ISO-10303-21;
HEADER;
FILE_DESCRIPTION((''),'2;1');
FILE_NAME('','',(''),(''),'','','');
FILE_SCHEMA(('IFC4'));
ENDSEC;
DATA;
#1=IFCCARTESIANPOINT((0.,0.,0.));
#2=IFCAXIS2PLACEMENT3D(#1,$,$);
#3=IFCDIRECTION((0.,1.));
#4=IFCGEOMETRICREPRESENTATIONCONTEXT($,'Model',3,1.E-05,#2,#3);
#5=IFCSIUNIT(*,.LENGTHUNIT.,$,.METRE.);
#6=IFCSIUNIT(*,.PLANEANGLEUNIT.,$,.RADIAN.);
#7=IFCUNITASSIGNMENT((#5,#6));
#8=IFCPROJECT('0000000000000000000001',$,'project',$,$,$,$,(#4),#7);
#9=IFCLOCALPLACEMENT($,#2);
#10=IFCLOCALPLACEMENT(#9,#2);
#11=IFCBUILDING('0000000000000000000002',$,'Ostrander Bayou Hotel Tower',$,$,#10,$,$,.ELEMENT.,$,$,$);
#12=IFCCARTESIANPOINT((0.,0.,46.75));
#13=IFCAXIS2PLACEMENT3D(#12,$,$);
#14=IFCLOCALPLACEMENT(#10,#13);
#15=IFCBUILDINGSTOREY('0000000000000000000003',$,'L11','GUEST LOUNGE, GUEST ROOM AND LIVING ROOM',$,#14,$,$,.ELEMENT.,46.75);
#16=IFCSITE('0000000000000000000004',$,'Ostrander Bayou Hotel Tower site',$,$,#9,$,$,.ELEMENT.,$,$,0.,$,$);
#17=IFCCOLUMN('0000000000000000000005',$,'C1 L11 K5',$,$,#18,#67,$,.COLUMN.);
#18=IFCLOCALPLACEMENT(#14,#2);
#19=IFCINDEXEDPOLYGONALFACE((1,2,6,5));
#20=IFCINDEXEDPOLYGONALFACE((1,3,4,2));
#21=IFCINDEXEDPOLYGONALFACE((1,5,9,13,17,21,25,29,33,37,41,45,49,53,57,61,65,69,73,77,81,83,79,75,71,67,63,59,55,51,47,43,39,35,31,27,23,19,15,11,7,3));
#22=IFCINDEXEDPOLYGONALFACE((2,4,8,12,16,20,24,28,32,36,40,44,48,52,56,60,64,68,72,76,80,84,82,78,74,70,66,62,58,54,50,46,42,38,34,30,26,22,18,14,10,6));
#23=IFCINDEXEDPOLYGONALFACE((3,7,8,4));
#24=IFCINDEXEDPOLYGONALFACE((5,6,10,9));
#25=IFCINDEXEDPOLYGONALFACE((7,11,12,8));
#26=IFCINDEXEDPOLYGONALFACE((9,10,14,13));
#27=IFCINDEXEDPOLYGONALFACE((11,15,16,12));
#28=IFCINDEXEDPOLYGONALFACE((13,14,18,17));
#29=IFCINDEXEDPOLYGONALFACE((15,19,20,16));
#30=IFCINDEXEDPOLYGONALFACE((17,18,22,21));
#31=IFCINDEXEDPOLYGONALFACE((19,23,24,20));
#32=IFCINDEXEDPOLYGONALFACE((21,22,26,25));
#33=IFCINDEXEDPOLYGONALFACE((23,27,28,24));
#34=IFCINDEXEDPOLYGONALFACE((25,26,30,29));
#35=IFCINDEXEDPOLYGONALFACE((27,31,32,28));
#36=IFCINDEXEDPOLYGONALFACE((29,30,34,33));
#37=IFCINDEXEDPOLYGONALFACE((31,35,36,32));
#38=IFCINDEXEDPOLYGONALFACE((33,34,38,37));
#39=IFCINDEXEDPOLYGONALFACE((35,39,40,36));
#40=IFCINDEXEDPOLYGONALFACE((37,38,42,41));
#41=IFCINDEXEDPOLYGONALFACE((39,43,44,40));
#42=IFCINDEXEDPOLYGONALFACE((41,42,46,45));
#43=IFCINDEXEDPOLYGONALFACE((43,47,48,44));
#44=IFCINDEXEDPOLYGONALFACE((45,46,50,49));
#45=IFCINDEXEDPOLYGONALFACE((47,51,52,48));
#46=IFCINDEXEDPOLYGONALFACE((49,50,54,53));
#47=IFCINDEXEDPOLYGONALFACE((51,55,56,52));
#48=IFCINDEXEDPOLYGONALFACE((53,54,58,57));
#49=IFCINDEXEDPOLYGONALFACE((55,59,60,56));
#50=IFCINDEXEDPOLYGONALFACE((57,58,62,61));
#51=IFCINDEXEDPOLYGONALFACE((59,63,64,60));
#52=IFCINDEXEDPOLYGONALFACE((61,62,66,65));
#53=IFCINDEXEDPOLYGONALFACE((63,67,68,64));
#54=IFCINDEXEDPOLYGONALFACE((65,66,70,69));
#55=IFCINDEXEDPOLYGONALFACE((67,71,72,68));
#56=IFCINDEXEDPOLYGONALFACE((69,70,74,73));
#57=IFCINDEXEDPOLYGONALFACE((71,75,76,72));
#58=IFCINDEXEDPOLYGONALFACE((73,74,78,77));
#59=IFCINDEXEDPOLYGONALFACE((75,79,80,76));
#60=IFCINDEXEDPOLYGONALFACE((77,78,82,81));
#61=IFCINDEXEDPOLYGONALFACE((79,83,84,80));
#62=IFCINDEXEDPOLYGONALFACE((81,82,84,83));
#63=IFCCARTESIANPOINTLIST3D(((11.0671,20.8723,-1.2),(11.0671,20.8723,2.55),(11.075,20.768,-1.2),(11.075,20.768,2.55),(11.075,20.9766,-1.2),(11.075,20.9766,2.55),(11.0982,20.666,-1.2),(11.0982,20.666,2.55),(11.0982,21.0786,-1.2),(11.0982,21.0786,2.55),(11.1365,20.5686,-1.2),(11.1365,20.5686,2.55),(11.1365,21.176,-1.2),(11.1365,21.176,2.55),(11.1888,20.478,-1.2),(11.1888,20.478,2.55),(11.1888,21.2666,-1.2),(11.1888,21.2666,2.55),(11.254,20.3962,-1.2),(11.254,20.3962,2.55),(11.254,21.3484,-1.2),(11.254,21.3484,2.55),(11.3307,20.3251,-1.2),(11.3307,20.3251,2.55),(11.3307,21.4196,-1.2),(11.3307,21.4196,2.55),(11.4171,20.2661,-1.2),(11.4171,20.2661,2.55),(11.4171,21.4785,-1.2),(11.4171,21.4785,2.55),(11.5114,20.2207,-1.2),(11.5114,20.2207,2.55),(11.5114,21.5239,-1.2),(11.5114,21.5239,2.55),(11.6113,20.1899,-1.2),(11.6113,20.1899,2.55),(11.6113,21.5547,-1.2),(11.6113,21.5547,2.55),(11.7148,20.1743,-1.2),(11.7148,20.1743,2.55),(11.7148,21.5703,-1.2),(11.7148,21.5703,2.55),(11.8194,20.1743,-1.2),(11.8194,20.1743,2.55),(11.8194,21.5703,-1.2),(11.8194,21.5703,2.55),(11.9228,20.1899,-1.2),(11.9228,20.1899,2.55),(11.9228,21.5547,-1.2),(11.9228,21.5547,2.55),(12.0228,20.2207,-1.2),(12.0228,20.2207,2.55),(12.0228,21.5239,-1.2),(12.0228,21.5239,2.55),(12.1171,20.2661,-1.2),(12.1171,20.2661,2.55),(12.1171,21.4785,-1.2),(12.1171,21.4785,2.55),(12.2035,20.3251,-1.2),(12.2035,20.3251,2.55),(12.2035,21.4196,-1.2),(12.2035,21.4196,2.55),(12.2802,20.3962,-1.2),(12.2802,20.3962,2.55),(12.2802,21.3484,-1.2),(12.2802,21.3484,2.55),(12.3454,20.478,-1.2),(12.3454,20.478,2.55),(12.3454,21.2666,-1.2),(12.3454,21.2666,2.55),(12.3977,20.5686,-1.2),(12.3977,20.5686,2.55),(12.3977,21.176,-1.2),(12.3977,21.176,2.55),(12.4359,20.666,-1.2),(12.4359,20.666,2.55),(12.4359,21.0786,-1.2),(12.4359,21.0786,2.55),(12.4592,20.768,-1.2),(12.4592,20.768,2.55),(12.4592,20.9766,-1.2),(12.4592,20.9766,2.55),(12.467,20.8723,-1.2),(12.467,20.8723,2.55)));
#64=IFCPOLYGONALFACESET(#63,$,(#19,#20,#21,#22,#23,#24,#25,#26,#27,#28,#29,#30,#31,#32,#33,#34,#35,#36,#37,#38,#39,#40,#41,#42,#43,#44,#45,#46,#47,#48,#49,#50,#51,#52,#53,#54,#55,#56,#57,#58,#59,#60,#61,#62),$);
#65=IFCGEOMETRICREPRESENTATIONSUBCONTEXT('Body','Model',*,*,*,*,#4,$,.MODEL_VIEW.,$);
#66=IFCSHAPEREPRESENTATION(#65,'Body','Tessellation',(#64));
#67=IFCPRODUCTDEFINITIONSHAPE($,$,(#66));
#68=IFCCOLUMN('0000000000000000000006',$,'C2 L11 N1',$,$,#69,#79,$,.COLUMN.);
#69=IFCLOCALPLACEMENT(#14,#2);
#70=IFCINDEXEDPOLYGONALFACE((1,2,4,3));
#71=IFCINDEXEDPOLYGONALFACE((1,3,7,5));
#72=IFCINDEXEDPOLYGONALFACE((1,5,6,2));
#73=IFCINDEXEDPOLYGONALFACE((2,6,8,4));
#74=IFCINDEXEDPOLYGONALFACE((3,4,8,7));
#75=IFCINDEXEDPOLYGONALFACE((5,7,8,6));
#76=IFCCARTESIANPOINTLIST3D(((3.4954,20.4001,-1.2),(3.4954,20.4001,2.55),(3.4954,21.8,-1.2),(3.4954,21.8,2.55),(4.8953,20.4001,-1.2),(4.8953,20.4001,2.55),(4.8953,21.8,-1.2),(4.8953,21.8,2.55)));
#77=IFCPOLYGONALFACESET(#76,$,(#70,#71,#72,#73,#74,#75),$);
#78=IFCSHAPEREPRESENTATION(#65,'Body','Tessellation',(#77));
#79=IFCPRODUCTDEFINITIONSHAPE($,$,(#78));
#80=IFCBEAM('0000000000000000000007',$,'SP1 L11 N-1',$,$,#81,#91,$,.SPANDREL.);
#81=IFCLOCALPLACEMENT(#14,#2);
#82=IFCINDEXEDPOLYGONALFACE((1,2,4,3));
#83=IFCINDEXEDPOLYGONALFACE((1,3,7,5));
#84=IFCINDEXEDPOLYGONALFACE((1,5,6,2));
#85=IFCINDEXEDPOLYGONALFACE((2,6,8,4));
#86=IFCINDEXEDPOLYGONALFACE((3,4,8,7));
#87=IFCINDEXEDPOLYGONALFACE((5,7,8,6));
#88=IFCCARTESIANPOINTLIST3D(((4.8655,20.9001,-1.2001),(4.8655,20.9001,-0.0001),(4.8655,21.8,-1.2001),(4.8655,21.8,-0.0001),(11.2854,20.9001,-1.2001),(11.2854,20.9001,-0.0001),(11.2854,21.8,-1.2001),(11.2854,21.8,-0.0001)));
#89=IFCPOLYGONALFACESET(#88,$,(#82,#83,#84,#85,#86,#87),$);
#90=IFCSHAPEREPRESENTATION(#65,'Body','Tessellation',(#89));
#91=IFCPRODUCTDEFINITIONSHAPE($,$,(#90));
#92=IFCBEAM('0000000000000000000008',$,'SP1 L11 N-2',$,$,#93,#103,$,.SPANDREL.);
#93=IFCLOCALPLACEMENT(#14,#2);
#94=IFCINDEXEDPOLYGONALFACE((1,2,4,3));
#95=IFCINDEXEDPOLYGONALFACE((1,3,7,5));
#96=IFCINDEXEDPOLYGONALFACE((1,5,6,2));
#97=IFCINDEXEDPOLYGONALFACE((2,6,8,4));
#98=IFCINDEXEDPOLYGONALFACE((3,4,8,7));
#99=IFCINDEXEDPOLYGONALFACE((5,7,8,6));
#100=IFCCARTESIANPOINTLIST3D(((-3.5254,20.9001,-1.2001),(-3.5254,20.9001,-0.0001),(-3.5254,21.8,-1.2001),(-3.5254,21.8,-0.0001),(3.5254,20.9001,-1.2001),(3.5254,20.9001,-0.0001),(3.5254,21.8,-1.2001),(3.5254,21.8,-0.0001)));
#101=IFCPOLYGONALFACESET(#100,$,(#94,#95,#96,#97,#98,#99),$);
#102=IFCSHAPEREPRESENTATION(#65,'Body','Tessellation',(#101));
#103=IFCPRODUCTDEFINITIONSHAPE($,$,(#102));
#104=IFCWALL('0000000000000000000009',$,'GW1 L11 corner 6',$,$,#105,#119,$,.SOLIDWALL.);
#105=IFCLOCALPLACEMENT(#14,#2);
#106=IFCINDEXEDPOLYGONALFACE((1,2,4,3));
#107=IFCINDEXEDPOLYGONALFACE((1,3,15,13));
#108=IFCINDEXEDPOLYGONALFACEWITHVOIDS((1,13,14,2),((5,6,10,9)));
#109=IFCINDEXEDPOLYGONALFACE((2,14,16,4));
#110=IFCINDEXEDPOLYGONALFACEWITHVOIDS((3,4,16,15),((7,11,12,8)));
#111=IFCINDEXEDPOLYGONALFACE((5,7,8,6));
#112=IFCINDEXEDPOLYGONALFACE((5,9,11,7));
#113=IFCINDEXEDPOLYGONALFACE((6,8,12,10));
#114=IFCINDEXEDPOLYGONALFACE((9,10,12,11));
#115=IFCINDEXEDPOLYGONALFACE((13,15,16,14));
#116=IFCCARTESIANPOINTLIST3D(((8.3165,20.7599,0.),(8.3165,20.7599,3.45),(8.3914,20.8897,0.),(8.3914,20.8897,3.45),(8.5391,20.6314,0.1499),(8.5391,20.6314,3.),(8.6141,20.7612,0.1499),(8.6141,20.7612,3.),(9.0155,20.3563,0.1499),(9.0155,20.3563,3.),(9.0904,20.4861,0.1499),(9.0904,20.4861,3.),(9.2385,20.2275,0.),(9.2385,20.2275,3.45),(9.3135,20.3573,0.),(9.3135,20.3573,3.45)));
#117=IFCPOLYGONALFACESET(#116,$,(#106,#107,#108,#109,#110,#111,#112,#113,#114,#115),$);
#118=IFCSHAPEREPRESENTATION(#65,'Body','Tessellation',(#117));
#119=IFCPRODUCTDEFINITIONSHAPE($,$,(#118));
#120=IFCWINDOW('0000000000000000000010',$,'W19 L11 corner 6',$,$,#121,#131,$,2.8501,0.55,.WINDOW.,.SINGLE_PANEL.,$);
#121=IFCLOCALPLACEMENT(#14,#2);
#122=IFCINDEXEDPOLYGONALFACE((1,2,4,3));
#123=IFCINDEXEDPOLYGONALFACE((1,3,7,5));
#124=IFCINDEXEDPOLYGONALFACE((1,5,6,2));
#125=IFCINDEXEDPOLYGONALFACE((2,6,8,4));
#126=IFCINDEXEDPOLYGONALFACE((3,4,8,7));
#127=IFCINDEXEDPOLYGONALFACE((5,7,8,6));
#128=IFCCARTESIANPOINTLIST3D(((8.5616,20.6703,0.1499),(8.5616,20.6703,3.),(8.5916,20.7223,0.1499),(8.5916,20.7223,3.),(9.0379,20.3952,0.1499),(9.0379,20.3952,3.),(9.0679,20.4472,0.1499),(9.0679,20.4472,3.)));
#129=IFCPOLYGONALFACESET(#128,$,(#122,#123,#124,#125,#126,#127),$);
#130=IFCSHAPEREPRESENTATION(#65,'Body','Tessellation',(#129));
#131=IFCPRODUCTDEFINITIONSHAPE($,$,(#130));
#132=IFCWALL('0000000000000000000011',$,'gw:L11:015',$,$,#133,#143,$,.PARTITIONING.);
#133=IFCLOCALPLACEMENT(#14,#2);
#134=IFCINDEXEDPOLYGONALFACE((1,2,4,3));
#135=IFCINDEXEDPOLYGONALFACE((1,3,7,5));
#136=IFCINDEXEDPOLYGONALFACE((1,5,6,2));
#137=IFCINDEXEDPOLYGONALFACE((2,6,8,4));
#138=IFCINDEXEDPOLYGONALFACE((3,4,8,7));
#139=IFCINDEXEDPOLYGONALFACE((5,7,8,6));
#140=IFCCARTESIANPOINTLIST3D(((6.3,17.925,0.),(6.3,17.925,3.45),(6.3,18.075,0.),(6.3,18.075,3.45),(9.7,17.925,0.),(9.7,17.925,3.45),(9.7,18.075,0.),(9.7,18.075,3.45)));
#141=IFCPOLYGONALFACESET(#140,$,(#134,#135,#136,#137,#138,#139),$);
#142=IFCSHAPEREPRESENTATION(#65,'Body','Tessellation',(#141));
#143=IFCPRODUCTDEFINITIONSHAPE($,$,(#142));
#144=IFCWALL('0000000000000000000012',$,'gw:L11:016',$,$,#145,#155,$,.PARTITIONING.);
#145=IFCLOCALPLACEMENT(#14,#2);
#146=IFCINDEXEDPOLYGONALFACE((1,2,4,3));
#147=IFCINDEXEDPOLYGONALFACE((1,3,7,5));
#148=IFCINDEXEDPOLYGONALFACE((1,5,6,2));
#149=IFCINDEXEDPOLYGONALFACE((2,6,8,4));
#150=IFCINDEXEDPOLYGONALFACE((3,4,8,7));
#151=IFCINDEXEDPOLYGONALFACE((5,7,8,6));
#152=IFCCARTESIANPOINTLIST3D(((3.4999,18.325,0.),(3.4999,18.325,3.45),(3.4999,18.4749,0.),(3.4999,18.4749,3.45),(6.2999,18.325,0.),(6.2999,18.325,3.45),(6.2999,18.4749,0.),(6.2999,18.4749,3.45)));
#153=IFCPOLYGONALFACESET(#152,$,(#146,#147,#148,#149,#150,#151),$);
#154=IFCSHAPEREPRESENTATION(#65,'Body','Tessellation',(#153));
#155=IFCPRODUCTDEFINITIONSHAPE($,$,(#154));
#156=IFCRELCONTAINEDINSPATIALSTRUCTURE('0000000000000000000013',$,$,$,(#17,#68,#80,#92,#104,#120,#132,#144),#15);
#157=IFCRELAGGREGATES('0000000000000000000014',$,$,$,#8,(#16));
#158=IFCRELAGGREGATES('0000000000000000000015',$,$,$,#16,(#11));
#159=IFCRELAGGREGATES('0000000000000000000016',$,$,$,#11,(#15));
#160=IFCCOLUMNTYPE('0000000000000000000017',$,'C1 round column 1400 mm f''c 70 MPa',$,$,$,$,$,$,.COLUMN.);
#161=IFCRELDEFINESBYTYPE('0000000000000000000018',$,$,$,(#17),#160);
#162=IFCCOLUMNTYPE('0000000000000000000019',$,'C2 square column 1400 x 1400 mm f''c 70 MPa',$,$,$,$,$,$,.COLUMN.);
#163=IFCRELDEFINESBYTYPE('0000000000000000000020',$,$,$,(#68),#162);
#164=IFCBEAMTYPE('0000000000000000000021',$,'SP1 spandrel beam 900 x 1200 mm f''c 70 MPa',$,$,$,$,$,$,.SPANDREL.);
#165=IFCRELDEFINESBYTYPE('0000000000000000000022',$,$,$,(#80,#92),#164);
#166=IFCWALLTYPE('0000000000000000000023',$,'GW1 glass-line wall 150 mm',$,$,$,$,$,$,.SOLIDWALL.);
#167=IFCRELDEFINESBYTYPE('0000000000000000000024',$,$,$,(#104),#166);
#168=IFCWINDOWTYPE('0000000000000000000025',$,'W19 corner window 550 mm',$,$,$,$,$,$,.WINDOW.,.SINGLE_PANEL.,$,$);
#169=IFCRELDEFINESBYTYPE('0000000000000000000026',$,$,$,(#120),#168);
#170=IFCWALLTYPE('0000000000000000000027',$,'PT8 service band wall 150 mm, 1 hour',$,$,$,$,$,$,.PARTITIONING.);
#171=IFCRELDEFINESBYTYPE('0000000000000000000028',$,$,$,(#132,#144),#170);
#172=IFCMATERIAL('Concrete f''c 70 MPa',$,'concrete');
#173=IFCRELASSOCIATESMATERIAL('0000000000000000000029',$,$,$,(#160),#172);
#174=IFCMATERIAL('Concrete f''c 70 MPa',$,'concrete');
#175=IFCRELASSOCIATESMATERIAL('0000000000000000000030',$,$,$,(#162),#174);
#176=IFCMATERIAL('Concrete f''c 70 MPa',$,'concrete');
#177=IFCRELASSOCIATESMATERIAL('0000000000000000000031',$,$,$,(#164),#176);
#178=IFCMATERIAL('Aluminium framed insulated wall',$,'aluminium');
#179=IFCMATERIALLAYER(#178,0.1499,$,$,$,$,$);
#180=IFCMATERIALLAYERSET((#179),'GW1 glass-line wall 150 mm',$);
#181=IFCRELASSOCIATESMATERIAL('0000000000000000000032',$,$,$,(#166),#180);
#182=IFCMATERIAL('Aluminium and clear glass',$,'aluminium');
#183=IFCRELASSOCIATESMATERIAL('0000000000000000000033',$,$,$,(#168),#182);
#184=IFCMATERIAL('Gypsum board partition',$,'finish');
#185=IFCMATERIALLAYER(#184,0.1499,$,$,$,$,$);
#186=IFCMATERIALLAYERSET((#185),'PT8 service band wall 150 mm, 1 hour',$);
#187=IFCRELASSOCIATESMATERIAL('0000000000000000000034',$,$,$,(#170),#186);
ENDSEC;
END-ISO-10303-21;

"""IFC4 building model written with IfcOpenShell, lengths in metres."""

from ifc_helpers import new_model, si_unit, direction, frame, frame_2d, origin, origin_2d, place, context, subcontext, project, spatial, rectangle, circle, extrude, material, layer, layer_set, material_profile, profile_set, type_object, element, fill, save


model = new_model("IFC4")

# Units and contexts
model_context = context("Model", 3, precision=1e-05, world=origin(), true_north=direction((0.0, 1.0)))
body_context = subcontext(model_context, "Body", "Model", "MODEL_VIEW")
ifc_project = project(units=[si_unit("LENGTHUNIT", "METRE"), si_unit("PLANEANGLEUNIT", "RADIAN")], contexts=[model_context])

# Site, building, storey
site_placement = place(None, origin())
site = spatial("IfcSite", under=ifc_project, at=site_placement, Name="Ostrander Bayou Hotel Tower site", CompositionType="ELEMENT", RefElevation=0.0)
building_placement = place(site_placement, origin())
building = spatial("IfcBuilding", under=site, at=building_placement, Name="Ostrander Bayou Hotel Tower", CompositionType="ELEMENT")
storey_placement = place(building_placement, frame((0.0, 0.0, 46.75)))
storey = spatial("IfcBuildingStorey", under=building, at=storey_placement, Name="L11", Description="GUEST LOUNGE, GUEST ROOM AND LIVING ROOM", CompositionType="ELEMENT", Elevation=46.75)

# Columns
ifc_material_1 = material(Name="Concrete f'c 70 MPa", Category="concrete")
ifc_material_profile_1 = material_profile(ifc_material_1, circle(Radius=0.7, at=origin_2d()))
ifc_profile_set_1 = profile_set([ifc_material_profile_1], Name="Concrete f'c 70 MPa")
column_type_1 = type_object("IfcColumnType", Name="C1 round column 1400 mm f'c 70 MPa", PredefinedType="COLUMN", material=ifc_profile_set_1)
column_1_placement = place(storey_placement, frame((11.7671, 20.8723, -1.2), z_axis=(0.0, 0.0, 1.0), x_axis=(1.0, 0.0, 0.0)))
element("IfcColumn", 1, at=column_1_placement, inside=storey, type_object=column_type_1, Name="C1 L11 K5", PredefinedType="COLUMN", context=body_context, shape_type="SweptSolid", body=[
    extrude(circle(Radius=0.7, at=origin_2d()), origin(), (0.0, 0.0, 1.0), 3.75),
])
ifc_material_2 = material(Name="Concrete f'c 70 MPa", Category="concrete")
ifc_material_profile_2 = material_profile(ifc_material_2, rectangle(XDim=1.3999, YDim=1.3999, at=origin_2d()))
ifc_profile_set_2 = profile_set([ifc_material_profile_2], Name="Concrete f'c 70 MPa")
column_type_2 = type_object("IfcColumnType", Name="C2 square column 1400 x 1400 mm f'c 70 MPa", PredefinedType="COLUMN", material=ifc_profile_set_2)
column_2_placement = place(storey_placement, frame((4.1953, 21.1001, -1.2), z_axis=(0.0, 0.0, 1.0), x_axis=(1.0, 0.0, 0.0)))
element("IfcColumn", 2, at=column_2_placement, inside=storey, type_object=column_type_2, Name="C2 L11 N1", PredefinedType="COLUMN", context=body_context, shape_type="SweptSolid", body=[
    extrude(rectangle(XDim=1.3999, YDim=1.3999, at=origin_2d()), origin(), (0.0, 0.0, 1.0), 3.75),
])

# Beams
ifc_material_3 = material(Name="Concrete f'c 70 MPa", Category="concrete")
ifc_material_profile_3 = material_profile(ifc_material_3, rectangle(XDim=0.8999, YDim=1.2, at=origin_2d()))
ifc_profile_set_3 = profile_set([ifc_material_profile_3], Name="Concrete f'c 70 MPa")
beam_type = type_object("IfcBeamType", Name="SP1 spandrel beam 900 x 1200 mm f'c 70 MPa", PredefinedType="SPANDREL", material=ifc_profile_set_3)
beam_1_placement = place(storey_placement, frame((11.2854, 21.3501, -0.6001), z_axis=(-1.0, 0.0, 0.0), x_axis=(0.0, -1.0, 0.0)))
element("IfcBeam", 3, at=beam_1_placement, inside=storey, type_object=beam_type, Name="SP1 L11 N-1", PredefinedType="SPANDREL", context=body_context, shape_type="SweptSolid", body=[
    extrude(rectangle(XDim=0.8999, YDim=1.2, at=origin_2d()), origin(), (0.0, 0.0, 1.0), 6.4199),
])
beam_2_placement = place(storey_placement, frame((3.5254, 21.3501, -0.6001), z_axis=(-1.0, 0.0, 0.0), x_axis=(0.0, -1.0, 0.0)))
element("IfcBeam", 4, at=beam_2_placement, inside=storey, type_object=beam_type, Name="SP1 L11 N-2", PredefinedType="SPANDREL", context=body_context, shape_type="SweptSolid", body=[
    extrude(rectangle(XDim=0.8999, YDim=1.2, at=origin_2d()), origin(), (0.0, 0.0, 1.0), 7.0508),
])

# Wall, opening, window
ifc_material_4 = material(Name="Aluminium framed insulated wall", Category="aluminium")
ifc_layer_1 = layer(ifc_material_4, 0.1499)
ifc_layer_set_1 = layer_set([ifc_layer_1], Name="GW1 glass-line wall 150 mm")
wall_type_1 = type_object("IfcWallType", Name="GW1 glass-line wall 150 mm", PredefinedType="SOLIDWALL", material=ifc_layer_set_1)
wall_1_placement = place(storey_placement, frame((9.2759, 20.2925, 0.0), z_axis=(0.0, 0.0, 1.0), x_axis=(-0.865991, 0.50006, 0.0)))
wall_1 = element("IfcWall", 5, at=wall_1_placement, inside=storey, type_object=wall_type_1, Name="GW1 L11 corner 6", PredefinedType="SOLIDWALL", context=body_context, shape_type="SweptSolid", body=[
    extrude(rectangle(XDim=1.0647, YDim=0.1499, at=frame_2d((0.5322, 0.0))), origin(), (0.0, 0.0, 1.0), 3.45),
])
opening_1_placement = place(wall_1_placement, frame((0.2576, 0.0, 0.1499)))
opening_1 = element("IfcOpeningElement", 6, at=opening_1_placement, cuts=wall_1, PredefinedType="OPENING", context=body_context, shape_type="SweptSolid", body=[
    extrude(rectangle(XDim=0.55, YDim=2.8501, at=frame_2d((0.2749, 1.425))), frame((0.0, 0.075, 0.0), z_axis=(0.0, -1.0, 0.0), x_axis=(1.0, 0.0, 0.0)), (0.0, 0.0, 1.0), 0.1499),
])
ifc_material_5 = material(Name="Aluminium and clear glass", Category="aluminium")
window_type_1 = type_object("IfcWindowType", Name="W19 corner window 550 mm", PartitioningType="SINGLE_PANEL", PredefinedType="WINDOW", material=ifc_material_5)
window_1_placement = place(opening_1_placement, origin())
window_1 = element("IfcWindow", 7, at=window_1_placement, inside=storey, type_object=window_type_1, Name="W19 L11 corner 6", OverallHeight=2.8501, OverallWidth=0.55, PartitioningType="SINGLE_PANEL", PredefinedType="WINDOW", context=body_context, shape_type="SweptSolid", body=[
    extrude(rectangle(XDim=0.55, YDim=2.8501, at=frame_2d((0.2749, 1.425))), frame((0.0, 0.03, 0.0), z_axis=(0.0, -1.0, 0.0), x_axis=(1.0, 0.0, 0.0)), (0.0, 0.0, 1.0), 0.0601),
])
fill(opening_1, window_1)

# Walls
ifc_material_6 = material(Name="Gypsum board partition", Category="finish")
ifc_layer_2 = layer(ifc_material_6, 0.1499)
ifc_layer_set_2 = layer_set([ifc_layer_2], Name="PT8 service band wall 150 mm, 1 hour")
wall_type_2 = type_object("IfcWallType", Name="PT8 service band wall 150 mm, 1 hour", PredefinedType="PARTITIONING", material=ifc_layer_set_2)
wall_2_placement = place(storey_placement, frame((6.3, 18.0, 0.0), z_axis=(0.0, 0.0, 1.0), x_axis=(1.0, 0.0, 0.0)))
element("IfcWall", 8, at=wall_2_placement, inside=storey, type_object=wall_type_2, Name="gw:L11:015", PredefinedType="PARTITIONING", context=body_context, shape_type="SweptSolid", body=[
    extrude(rectangle(XDim=3.3999, YDim=0.1499, at=frame_2d((1.7, 0.0))), origin(), (0.0, 0.0, 1.0), 3.45),
])
wall_3_placement = place(storey_placement, frame((3.5, 18.3999, 0.0), z_axis=(0.0, 0.0, 1.0), x_axis=(1.0, 0.0, 0.0)))
element("IfcWall", 9, at=wall_3_placement, inside=storey, type_object=wall_type_2, Name="gw:L11:016", PredefinedType="PARTITIONING", context=body_context, shape_type="SweptSolid", body=[
    extrude(rectangle(XDim=2.8, YDim=0.1499, at=frame_2d((1.3999, 0.0))), origin(), (0.0, 0.0, 1.0), 3.45),
])

save(model, "model.ifc")
